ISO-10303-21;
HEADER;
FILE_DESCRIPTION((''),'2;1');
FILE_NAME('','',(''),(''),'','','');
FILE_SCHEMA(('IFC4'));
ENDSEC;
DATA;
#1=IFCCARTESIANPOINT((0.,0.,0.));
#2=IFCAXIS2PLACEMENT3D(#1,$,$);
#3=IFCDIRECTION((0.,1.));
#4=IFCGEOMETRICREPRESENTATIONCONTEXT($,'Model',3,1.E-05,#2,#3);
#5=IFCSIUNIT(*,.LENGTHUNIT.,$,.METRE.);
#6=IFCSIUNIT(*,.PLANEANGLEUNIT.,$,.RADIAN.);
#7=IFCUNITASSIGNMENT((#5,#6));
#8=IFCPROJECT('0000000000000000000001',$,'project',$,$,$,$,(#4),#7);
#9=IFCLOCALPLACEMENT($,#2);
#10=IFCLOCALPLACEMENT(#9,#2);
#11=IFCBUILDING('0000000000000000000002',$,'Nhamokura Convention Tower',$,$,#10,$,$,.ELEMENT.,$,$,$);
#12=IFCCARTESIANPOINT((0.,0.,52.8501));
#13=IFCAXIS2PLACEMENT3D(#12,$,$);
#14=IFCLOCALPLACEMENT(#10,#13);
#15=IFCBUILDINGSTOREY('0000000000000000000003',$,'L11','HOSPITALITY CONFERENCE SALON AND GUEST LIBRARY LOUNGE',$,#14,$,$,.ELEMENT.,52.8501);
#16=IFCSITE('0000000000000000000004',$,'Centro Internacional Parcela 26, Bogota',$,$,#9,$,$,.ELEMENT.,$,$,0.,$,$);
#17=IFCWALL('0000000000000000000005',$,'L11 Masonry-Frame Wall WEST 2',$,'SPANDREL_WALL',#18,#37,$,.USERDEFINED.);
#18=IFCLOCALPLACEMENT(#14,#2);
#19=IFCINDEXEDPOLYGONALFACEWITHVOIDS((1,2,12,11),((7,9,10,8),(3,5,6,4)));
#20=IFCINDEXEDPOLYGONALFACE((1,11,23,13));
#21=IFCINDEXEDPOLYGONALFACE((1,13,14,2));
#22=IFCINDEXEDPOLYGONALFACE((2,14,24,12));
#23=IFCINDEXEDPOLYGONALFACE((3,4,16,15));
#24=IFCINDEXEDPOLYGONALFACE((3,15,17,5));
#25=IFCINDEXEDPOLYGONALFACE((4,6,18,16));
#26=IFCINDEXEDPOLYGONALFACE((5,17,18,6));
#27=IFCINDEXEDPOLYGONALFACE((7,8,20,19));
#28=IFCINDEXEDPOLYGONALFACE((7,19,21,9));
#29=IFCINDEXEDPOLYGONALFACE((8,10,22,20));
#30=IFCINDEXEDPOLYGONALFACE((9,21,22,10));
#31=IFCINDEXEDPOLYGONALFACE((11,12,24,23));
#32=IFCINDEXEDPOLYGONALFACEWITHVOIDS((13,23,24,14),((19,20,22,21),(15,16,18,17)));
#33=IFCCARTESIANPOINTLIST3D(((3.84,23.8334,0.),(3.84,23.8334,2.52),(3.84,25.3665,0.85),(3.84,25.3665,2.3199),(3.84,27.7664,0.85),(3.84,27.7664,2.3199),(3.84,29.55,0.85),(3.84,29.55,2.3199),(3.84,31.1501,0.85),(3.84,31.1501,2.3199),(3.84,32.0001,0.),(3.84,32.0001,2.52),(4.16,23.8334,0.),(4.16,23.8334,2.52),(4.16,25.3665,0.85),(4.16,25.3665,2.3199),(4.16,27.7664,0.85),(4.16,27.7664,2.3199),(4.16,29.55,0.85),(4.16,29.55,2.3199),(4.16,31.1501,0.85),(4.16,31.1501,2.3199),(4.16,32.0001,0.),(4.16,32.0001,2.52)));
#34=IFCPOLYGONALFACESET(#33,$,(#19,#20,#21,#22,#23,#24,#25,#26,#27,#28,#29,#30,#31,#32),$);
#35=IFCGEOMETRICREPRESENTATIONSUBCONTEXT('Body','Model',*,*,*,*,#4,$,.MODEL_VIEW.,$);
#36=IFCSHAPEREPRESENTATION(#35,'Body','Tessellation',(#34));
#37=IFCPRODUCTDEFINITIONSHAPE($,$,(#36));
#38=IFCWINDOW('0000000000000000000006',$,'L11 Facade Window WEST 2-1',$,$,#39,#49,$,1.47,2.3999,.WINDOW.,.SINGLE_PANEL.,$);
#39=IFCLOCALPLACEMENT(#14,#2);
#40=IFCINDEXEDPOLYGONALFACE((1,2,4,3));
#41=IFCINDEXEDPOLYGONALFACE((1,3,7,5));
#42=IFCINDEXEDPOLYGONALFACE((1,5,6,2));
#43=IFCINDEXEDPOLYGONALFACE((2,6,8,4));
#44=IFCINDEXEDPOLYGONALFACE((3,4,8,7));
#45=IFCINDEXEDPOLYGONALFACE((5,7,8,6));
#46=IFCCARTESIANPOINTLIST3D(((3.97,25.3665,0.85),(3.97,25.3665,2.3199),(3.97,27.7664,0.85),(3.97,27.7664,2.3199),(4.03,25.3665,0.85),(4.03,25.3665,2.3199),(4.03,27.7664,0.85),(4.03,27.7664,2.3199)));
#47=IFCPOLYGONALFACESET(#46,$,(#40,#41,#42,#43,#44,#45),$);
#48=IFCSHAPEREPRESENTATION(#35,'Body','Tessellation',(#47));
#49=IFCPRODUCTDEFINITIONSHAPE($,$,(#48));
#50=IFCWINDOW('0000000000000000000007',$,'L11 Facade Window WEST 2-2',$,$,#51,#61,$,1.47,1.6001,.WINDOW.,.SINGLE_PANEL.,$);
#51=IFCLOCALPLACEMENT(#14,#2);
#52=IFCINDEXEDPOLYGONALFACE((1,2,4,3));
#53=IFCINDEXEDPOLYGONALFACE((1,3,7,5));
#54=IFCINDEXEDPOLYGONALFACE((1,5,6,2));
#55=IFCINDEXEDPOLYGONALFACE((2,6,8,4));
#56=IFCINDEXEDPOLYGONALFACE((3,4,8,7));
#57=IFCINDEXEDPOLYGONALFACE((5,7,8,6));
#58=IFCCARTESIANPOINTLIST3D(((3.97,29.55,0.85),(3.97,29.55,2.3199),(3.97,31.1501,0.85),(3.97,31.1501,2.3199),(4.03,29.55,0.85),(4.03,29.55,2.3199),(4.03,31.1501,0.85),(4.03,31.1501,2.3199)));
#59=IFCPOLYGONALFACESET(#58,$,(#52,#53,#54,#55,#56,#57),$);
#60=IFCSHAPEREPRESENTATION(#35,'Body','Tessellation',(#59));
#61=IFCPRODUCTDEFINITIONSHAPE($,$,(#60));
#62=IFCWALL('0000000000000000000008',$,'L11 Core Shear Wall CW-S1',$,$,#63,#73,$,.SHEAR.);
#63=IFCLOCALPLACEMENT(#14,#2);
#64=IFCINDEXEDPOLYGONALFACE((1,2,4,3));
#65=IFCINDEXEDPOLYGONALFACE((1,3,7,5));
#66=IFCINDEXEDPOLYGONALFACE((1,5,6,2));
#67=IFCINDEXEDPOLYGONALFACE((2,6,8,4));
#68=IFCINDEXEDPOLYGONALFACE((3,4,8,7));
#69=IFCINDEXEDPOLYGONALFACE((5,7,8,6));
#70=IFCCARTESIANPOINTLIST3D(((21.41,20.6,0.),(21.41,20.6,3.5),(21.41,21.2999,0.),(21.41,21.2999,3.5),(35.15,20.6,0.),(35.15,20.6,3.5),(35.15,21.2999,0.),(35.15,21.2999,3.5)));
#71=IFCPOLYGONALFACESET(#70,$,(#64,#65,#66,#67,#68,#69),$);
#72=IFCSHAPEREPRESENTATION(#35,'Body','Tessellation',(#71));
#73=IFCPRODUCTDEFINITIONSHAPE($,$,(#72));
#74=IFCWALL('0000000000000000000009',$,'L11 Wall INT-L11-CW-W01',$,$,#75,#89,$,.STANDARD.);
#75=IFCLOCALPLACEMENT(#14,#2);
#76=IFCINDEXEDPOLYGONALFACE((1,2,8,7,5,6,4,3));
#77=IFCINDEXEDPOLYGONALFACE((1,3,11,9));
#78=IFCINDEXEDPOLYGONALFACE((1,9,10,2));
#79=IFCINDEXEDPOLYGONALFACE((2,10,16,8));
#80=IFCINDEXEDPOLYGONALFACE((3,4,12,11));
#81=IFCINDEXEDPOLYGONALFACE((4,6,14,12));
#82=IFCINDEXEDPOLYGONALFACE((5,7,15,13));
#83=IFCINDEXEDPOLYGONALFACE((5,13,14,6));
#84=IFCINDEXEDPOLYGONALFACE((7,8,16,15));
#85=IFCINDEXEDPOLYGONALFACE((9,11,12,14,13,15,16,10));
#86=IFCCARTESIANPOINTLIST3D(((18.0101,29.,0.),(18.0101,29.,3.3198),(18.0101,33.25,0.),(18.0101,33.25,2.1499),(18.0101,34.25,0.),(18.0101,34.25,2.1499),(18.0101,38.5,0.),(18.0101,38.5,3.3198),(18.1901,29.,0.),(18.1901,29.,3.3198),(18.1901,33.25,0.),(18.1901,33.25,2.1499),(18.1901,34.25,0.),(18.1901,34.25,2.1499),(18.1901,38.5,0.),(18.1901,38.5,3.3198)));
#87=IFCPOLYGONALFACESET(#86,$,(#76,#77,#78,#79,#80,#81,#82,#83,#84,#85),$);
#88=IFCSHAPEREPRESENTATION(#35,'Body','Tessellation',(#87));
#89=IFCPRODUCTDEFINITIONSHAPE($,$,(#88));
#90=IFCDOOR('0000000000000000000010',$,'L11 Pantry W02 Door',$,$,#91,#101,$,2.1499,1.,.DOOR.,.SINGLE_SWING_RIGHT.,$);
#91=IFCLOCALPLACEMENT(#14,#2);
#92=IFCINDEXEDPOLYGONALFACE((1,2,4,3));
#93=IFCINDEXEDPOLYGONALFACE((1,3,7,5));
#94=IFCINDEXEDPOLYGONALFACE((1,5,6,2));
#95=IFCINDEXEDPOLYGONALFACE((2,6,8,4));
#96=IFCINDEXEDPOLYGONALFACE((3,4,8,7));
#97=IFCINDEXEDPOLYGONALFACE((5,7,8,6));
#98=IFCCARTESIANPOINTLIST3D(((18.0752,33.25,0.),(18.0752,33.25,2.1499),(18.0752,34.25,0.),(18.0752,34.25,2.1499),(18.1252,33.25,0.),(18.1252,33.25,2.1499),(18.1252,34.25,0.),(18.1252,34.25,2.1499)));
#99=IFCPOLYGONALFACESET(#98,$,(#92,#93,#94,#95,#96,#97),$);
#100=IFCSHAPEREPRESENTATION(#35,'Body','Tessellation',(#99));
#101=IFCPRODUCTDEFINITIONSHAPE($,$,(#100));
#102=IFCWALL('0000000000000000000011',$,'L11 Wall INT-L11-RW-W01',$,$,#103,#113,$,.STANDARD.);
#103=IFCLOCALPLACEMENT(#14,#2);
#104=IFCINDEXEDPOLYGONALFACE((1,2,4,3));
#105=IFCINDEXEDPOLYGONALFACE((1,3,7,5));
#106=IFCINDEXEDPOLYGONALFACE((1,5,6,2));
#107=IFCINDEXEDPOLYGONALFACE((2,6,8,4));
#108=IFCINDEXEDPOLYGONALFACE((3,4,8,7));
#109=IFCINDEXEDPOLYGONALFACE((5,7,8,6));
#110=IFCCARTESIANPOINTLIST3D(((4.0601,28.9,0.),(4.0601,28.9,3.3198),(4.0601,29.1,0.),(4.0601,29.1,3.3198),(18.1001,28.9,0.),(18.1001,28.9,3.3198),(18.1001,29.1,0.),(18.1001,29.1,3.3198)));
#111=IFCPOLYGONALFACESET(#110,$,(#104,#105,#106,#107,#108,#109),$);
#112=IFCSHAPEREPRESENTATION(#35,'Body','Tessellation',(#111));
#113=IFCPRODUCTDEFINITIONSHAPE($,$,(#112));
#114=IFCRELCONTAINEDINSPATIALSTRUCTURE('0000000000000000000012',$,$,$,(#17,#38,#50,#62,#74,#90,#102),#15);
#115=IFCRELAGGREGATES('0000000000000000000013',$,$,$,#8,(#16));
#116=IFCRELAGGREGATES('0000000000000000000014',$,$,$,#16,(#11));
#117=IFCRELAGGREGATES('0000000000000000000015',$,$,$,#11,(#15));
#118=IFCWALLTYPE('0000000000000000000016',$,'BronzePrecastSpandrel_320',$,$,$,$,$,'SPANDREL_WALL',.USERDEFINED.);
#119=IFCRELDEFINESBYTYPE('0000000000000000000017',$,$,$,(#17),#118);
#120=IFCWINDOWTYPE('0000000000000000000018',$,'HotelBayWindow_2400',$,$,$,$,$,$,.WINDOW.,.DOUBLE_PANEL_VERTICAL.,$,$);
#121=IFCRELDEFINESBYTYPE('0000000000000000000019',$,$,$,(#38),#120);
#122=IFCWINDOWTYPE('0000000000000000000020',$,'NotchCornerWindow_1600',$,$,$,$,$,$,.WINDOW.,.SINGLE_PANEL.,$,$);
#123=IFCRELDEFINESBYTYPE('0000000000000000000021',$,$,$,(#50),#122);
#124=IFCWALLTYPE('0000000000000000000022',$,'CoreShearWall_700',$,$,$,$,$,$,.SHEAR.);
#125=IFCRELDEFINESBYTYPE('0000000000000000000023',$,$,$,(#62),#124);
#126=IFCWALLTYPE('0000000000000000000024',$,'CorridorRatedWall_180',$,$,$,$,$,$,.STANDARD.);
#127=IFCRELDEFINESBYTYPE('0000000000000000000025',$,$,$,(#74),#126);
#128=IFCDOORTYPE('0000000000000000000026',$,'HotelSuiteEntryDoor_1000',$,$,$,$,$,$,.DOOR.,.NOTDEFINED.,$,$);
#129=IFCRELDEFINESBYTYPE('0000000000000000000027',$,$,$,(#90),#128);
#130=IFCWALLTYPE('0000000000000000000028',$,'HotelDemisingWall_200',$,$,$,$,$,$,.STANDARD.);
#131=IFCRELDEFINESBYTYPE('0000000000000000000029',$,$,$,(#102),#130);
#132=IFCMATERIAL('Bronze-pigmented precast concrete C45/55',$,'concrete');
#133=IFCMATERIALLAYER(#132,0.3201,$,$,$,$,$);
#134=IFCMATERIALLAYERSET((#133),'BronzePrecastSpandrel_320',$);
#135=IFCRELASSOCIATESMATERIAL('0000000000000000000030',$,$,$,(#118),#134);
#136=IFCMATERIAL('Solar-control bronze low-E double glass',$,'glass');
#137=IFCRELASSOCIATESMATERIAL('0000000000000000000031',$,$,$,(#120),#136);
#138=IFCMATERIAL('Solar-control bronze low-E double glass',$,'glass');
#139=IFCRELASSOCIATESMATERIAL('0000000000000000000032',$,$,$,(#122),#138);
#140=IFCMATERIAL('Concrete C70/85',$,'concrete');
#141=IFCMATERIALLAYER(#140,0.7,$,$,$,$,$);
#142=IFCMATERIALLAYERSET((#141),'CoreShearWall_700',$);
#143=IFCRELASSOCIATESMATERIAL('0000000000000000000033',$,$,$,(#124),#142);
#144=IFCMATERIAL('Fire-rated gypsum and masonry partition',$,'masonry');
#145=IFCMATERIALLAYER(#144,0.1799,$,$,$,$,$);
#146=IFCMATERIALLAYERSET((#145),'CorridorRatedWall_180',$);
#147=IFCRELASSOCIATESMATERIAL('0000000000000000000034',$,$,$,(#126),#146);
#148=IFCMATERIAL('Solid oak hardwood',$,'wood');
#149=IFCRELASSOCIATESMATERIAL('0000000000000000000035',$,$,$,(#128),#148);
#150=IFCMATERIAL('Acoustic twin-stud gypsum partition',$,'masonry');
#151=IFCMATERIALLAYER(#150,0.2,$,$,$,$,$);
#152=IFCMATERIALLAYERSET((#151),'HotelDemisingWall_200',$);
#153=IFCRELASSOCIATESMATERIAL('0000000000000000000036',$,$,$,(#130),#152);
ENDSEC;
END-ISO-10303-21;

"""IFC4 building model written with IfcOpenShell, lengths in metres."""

from ifc_helpers import new_model, si_unit, direction, frame, frame_2d, origin, place, context, subcontext, project, spatial, rectangle, extrude, material, layer, layer_set, type_object, element, fill, save


model = new_model("IFC4")

# Units and contexts
model_context = context("Model", 3, precision=1e-05, world=origin(), true_north=direction((0.0, 1.0)))
body_context = subcontext(model_context, "Body", "Model", "MODEL_VIEW")
ifc_project = project(units=[si_unit("LENGTHUNIT", "METRE"), si_unit("PLANEANGLEUNIT", "RADIAN")], contexts=[model_context])

# Site, building, storey
site_placement = place(None, origin())
site = spatial("IfcSite", under=ifc_project, at=site_placement, Name="Centro Internacional Parcela 26, Bogota", CompositionType="ELEMENT", RefElevation=0.0)
building_placement = place(site_placement, origin())
building = spatial("IfcBuilding", under=site, at=building_placement, Name="Nhamokura Convention Tower", CompositionType="ELEMENT")
storey_placement = place(building_placement, frame((0.0, 0.0, 52.8501)))
storey = spatial("IfcBuildingStorey", under=building, at=storey_placement, Name="L11", Description="HOSPITALITY CONFERENCE SALON AND GUEST LIBRARY LOUNGE", CompositionType="ELEMENT", Elevation=52.8501)

# Wall, openings, windows
ifc_material_1 = material(Name="Bronze-pigmented precast concrete C45/55", Category="concrete")
ifc_layer_1 = layer(ifc_material_1, 0.3201)
ifc_layer_set_1 = layer_set([ifc_layer_1], Name="BronzePrecastSpandrel_320")
wall_type_1 = type_object("IfcWallType", Name="BronzePrecastSpandrel_320", ElementType="SPANDREL_WALL", PredefinedType="USERDEFINED", material=ifc_layer_set_1)
wall_1_placement = place(storey_placement, frame((4.0, 23.8333, 0.0), z_axis=(0.0, 0.0, 1.0), x_axis=(0.0, 1.0, 0.0)))
wall_1 = element("IfcWall", 1, at=wall_1_placement, inside=storey, type_object=wall_type_1, Name="L11 Masonry-Frame Wall WEST 2", ObjectType="SPANDREL_WALL", PredefinedType="USERDEFINED", context=body_context, shape_type="SweptSolid", body=[
    extrude(rectangle(XDim=8.1667, YDim=0.3201, at=frame_2d((4.0835, 0.0))), origin(), (0.0, 0.0, 1.0), 2.52),
])
opening_1_placement = place(wall_1_placement, frame((1.5332, 0.0, 0.8501)))
opening_1 = element("IfcOpeningElement", 2, at=opening_1_placement, cuts=wall_1, PredefinedType="OPENING", context=body_context, shape_type="SweptSolid", body=[
    extrude(rectangle(XDim=2.3999, YDim=1.47, at=frame_2d((1.2, 0.7349))), frame((0.0, 0.1699, 0.0), z_axis=(0.0, -1.0, 0.0), x_axis=(1.0, 0.0, 0.0)), (0.0, 0.0, 1.0), 0.3401),
])
opening_2_placement = place(wall_1_placement, frame((5.7168, 0.0, 0.8501)))
opening_2 = element("IfcOpeningElement", 3, at=opening_2_placement, cuts=wall_1, PredefinedType="OPENING", context=body_context, shape_type="SweptSolid", body=[
    extrude(rectangle(XDim=1.6001, YDim=1.47, at=frame_2d((0.8, 0.7349))), frame((0.0, 0.1699, 0.0), z_axis=(0.0, -1.0, 0.0), x_axis=(1.0, 0.0, 0.0)), (0.0, 0.0, 1.0), 0.3401),
])
ifc_material_2 = material(Name="Solar-control bronze low-E double glass", Category="glass")
window_type_1 = type_object("IfcWindowType", Name="HotelBayWindow_2400", PartitioningType="DOUBLE_PANEL_VERTICAL", PredefinedType="WINDOW", material=ifc_material_2)
window_1_placement = place(opening_1_placement, origin())
window_1 = element("IfcWindow", 4, at=window_1_placement, inside=storey, type_object=window_type_1, Name="L11 Facade Window WEST 2-1", OverallHeight=1.47, OverallWidth=2.3999, PartitioningType="SINGLE_PANEL", PredefinedType="WINDOW", context=body_context, shape_type="SweptSolid", body=[
    extrude(rectangle(XDim=2.3999, YDim=1.47, at=frame_2d((1.2, 0.7349))), frame((0.0, 0.03, 0.0), z_axis=(0.0, -1.0, 0.0), x_axis=(1.0, 0.0, 0.0)), (0.0, 0.0, 1.0), 0.0601),
])
fill(opening_1, window_1)
ifc_material_3 = material(Name="Solar-control bronze low-E double glass", Category="glass")
window_type_2 = type_object("IfcWindowType", Name="NotchCornerWindow_1600", PartitioningType="SINGLE_PANEL", PredefinedType="WINDOW", material=ifc_material_3)
window_2_placement = place(opening_2_placement, origin())
window_2 = element("IfcWindow", 5, at=window_2_placement, inside=storey, type_object=window_type_2, Name="L11 Facade Window WEST 2-2", OverallHeight=1.47, OverallWidth=1.6001, PartitioningType="SINGLE_PANEL", PredefinedType="WINDOW", context=body_context, shape_type="SweptSolid", body=[
    extrude(rectangle(XDim=1.6001, YDim=1.47, at=frame_2d((0.8, 0.7349))), frame((0.0, 0.03, 0.0), z_axis=(0.0, -1.0, 0.0), x_axis=(1.0, 0.0, 0.0)), (0.0, 0.0, 1.0), 0.0601),
])
fill(opening_2, window_2)

# Shared definitions
ifc_material_4 = material(Name="Concrete C70/85", Category="concrete")
ifc_layer_2 = layer(ifc_material_4, 0.7)
ifc_layer_set_2 = layer_set([ifc_layer_2], Name="CoreShearWall_700")
wall_type_2 = type_object("IfcWallType", Name="CoreShearWall_700", PredefinedType="SHEAR", material=ifc_layer_set_2)

# Wall
wall_2_placement = place(storey_placement, frame((21.4099, 20.95, 0.0), z_axis=(0.0, 0.0, 1.0), x_axis=(1.0, 0.0, 0.0)))
element("IfcWall", 6, at=wall_2_placement, inside=storey, type_object=wall_type_2, Name="L11 Core Shear Wall CW-S1", PredefinedType="SHEAR", context=body_context, shape_type="SweptSolid", body=[
    extrude(rectangle(XDim=13.74, YDim=0.7, at=frame_2d((6.8701, 0.0))), origin(), (0.0, 0.0, 1.0), 3.5),
])

# Wall, opening, door
ifc_material_5 = material(Name="Fire-rated gypsum and masonry partition", Category="masonry")
ifc_layer_3 = layer(ifc_material_5, 0.1799)
ifc_layer_set_3 = layer_set([ifc_layer_3], Name="CorridorRatedWall_180")
wall_type_3 = type_object("IfcWallType", Name="CorridorRatedWall_180", PredefinedType="STANDARD", material=ifc_layer_set_3)
wall_3_placement = place(storey_placement, frame((18.1001, 29.0, 0.0), z_axis=(0.0, 0.0, 1.0), x_axis=(0.0, 1.0, 0.0)))
wall_3 = element("IfcWall", 7, at=wall_3_placement, inside=storey, type_object=wall_type_3, Name="L11 Wall INT-L11-CW-W01", PredefinedType="STANDARD", context=body_context, shape_type="SweptSolid", body=[
    extrude(rectangle(XDim=9.5, YDim=0.1799, at=frame_2d((4.75, 0.0))), origin(), (0.0, 0.0, 1.0), 3.3198),
])
opening_3_placement = place(wall_3_placement, frame((4.25, 0.0, 0.0)))
opening_3 = element("IfcOpeningElement", 8, at=opening_3_placement, cuts=wall_3, PredefinedType="OPENING", context=body_context, shape_type="SweptSolid", body=[
    extrude(rectangle(XDim=1.0, YDim=2.1499, at=frame_2d((0.5, 1.075))), frame((0.0, 0.0999, 0.0), z_axis=(0.0, -1.0, 0.0), x_axis=(1.0, 0.0, 0.0)), (0.0, 0.0, 1.0), 0.2),
])
ifc_material_6 = material(Name="Solid oak hardwood", Category="wood")
door_type_1 = type_object("IfcDoorType", Name="HotelSuiteEntryDoor_1000", OperationType="NOTDEFINED", PredefinedType="DOOR", material=ifc_material_6)
door_1_placement = place(opening_3_placement, origin())
door_1 = element("IfcDoor", 9, at=door_1_placement, inside=storey, type_object=door_type_1, Name="L11 Pantry W02 Door", OperationType="SINGLE_SWING_RIGHT", OverallHeight=2.1499, OverallWidth=1.0, PredefinedType="DOOR", context=body_context, shape_type="SweptSolid", body=[
    extrude(rectangle(XDim=1.0, YDim=2.1499, at=frame_2d((0.5, 1.075))), frame((0.0, 0.0249, 0.0), z_axis=(0.0, -1.0, 0.0), x_axis=(1.0, 0.0, 0.0)), (0.0, 0.0, 1.0), 0.05),
])
fill(opening_3, door_1)

# Wall
ifc_material_7 = material(Name="Acoustic twin-stud gypsum partition", Category="masonry")
ifc_layer_4 = layer(ifc_material_7, 0.2)
ifc_layer_set_4 = layer_set([ifc_layer_4], Name="HotelDemisingWall_200")
wall_type_4 = type_object("IfcWallType", Name="HotelDemisingWall_200", PredefinedType="STANDARD", material=ifc_layer_set_4)
wall_4_placement = place(storey_placement, frame((4.0601, 29.0, 0.0), z_axis=(0.0, 0.0, 1.0), x_axis=(1.0, 0.0, 0.0)))
element("IfcWall", 10, at=wall_4_placement, inside=storey, type_object=wall_type_4, Name="L11 Wall INT-L11-RW-W01", PredefinedType="STANDARD", context=body_context, shape_type="SweptSolid", body=[
    extrude(rectangle(XDim=14.04, YDim=0.2, at=frame_2d((7.02, 0.0))), origin(), (0.0, 0.0, 1.0), 3.3198),
])

save(model, "model.ifc")
